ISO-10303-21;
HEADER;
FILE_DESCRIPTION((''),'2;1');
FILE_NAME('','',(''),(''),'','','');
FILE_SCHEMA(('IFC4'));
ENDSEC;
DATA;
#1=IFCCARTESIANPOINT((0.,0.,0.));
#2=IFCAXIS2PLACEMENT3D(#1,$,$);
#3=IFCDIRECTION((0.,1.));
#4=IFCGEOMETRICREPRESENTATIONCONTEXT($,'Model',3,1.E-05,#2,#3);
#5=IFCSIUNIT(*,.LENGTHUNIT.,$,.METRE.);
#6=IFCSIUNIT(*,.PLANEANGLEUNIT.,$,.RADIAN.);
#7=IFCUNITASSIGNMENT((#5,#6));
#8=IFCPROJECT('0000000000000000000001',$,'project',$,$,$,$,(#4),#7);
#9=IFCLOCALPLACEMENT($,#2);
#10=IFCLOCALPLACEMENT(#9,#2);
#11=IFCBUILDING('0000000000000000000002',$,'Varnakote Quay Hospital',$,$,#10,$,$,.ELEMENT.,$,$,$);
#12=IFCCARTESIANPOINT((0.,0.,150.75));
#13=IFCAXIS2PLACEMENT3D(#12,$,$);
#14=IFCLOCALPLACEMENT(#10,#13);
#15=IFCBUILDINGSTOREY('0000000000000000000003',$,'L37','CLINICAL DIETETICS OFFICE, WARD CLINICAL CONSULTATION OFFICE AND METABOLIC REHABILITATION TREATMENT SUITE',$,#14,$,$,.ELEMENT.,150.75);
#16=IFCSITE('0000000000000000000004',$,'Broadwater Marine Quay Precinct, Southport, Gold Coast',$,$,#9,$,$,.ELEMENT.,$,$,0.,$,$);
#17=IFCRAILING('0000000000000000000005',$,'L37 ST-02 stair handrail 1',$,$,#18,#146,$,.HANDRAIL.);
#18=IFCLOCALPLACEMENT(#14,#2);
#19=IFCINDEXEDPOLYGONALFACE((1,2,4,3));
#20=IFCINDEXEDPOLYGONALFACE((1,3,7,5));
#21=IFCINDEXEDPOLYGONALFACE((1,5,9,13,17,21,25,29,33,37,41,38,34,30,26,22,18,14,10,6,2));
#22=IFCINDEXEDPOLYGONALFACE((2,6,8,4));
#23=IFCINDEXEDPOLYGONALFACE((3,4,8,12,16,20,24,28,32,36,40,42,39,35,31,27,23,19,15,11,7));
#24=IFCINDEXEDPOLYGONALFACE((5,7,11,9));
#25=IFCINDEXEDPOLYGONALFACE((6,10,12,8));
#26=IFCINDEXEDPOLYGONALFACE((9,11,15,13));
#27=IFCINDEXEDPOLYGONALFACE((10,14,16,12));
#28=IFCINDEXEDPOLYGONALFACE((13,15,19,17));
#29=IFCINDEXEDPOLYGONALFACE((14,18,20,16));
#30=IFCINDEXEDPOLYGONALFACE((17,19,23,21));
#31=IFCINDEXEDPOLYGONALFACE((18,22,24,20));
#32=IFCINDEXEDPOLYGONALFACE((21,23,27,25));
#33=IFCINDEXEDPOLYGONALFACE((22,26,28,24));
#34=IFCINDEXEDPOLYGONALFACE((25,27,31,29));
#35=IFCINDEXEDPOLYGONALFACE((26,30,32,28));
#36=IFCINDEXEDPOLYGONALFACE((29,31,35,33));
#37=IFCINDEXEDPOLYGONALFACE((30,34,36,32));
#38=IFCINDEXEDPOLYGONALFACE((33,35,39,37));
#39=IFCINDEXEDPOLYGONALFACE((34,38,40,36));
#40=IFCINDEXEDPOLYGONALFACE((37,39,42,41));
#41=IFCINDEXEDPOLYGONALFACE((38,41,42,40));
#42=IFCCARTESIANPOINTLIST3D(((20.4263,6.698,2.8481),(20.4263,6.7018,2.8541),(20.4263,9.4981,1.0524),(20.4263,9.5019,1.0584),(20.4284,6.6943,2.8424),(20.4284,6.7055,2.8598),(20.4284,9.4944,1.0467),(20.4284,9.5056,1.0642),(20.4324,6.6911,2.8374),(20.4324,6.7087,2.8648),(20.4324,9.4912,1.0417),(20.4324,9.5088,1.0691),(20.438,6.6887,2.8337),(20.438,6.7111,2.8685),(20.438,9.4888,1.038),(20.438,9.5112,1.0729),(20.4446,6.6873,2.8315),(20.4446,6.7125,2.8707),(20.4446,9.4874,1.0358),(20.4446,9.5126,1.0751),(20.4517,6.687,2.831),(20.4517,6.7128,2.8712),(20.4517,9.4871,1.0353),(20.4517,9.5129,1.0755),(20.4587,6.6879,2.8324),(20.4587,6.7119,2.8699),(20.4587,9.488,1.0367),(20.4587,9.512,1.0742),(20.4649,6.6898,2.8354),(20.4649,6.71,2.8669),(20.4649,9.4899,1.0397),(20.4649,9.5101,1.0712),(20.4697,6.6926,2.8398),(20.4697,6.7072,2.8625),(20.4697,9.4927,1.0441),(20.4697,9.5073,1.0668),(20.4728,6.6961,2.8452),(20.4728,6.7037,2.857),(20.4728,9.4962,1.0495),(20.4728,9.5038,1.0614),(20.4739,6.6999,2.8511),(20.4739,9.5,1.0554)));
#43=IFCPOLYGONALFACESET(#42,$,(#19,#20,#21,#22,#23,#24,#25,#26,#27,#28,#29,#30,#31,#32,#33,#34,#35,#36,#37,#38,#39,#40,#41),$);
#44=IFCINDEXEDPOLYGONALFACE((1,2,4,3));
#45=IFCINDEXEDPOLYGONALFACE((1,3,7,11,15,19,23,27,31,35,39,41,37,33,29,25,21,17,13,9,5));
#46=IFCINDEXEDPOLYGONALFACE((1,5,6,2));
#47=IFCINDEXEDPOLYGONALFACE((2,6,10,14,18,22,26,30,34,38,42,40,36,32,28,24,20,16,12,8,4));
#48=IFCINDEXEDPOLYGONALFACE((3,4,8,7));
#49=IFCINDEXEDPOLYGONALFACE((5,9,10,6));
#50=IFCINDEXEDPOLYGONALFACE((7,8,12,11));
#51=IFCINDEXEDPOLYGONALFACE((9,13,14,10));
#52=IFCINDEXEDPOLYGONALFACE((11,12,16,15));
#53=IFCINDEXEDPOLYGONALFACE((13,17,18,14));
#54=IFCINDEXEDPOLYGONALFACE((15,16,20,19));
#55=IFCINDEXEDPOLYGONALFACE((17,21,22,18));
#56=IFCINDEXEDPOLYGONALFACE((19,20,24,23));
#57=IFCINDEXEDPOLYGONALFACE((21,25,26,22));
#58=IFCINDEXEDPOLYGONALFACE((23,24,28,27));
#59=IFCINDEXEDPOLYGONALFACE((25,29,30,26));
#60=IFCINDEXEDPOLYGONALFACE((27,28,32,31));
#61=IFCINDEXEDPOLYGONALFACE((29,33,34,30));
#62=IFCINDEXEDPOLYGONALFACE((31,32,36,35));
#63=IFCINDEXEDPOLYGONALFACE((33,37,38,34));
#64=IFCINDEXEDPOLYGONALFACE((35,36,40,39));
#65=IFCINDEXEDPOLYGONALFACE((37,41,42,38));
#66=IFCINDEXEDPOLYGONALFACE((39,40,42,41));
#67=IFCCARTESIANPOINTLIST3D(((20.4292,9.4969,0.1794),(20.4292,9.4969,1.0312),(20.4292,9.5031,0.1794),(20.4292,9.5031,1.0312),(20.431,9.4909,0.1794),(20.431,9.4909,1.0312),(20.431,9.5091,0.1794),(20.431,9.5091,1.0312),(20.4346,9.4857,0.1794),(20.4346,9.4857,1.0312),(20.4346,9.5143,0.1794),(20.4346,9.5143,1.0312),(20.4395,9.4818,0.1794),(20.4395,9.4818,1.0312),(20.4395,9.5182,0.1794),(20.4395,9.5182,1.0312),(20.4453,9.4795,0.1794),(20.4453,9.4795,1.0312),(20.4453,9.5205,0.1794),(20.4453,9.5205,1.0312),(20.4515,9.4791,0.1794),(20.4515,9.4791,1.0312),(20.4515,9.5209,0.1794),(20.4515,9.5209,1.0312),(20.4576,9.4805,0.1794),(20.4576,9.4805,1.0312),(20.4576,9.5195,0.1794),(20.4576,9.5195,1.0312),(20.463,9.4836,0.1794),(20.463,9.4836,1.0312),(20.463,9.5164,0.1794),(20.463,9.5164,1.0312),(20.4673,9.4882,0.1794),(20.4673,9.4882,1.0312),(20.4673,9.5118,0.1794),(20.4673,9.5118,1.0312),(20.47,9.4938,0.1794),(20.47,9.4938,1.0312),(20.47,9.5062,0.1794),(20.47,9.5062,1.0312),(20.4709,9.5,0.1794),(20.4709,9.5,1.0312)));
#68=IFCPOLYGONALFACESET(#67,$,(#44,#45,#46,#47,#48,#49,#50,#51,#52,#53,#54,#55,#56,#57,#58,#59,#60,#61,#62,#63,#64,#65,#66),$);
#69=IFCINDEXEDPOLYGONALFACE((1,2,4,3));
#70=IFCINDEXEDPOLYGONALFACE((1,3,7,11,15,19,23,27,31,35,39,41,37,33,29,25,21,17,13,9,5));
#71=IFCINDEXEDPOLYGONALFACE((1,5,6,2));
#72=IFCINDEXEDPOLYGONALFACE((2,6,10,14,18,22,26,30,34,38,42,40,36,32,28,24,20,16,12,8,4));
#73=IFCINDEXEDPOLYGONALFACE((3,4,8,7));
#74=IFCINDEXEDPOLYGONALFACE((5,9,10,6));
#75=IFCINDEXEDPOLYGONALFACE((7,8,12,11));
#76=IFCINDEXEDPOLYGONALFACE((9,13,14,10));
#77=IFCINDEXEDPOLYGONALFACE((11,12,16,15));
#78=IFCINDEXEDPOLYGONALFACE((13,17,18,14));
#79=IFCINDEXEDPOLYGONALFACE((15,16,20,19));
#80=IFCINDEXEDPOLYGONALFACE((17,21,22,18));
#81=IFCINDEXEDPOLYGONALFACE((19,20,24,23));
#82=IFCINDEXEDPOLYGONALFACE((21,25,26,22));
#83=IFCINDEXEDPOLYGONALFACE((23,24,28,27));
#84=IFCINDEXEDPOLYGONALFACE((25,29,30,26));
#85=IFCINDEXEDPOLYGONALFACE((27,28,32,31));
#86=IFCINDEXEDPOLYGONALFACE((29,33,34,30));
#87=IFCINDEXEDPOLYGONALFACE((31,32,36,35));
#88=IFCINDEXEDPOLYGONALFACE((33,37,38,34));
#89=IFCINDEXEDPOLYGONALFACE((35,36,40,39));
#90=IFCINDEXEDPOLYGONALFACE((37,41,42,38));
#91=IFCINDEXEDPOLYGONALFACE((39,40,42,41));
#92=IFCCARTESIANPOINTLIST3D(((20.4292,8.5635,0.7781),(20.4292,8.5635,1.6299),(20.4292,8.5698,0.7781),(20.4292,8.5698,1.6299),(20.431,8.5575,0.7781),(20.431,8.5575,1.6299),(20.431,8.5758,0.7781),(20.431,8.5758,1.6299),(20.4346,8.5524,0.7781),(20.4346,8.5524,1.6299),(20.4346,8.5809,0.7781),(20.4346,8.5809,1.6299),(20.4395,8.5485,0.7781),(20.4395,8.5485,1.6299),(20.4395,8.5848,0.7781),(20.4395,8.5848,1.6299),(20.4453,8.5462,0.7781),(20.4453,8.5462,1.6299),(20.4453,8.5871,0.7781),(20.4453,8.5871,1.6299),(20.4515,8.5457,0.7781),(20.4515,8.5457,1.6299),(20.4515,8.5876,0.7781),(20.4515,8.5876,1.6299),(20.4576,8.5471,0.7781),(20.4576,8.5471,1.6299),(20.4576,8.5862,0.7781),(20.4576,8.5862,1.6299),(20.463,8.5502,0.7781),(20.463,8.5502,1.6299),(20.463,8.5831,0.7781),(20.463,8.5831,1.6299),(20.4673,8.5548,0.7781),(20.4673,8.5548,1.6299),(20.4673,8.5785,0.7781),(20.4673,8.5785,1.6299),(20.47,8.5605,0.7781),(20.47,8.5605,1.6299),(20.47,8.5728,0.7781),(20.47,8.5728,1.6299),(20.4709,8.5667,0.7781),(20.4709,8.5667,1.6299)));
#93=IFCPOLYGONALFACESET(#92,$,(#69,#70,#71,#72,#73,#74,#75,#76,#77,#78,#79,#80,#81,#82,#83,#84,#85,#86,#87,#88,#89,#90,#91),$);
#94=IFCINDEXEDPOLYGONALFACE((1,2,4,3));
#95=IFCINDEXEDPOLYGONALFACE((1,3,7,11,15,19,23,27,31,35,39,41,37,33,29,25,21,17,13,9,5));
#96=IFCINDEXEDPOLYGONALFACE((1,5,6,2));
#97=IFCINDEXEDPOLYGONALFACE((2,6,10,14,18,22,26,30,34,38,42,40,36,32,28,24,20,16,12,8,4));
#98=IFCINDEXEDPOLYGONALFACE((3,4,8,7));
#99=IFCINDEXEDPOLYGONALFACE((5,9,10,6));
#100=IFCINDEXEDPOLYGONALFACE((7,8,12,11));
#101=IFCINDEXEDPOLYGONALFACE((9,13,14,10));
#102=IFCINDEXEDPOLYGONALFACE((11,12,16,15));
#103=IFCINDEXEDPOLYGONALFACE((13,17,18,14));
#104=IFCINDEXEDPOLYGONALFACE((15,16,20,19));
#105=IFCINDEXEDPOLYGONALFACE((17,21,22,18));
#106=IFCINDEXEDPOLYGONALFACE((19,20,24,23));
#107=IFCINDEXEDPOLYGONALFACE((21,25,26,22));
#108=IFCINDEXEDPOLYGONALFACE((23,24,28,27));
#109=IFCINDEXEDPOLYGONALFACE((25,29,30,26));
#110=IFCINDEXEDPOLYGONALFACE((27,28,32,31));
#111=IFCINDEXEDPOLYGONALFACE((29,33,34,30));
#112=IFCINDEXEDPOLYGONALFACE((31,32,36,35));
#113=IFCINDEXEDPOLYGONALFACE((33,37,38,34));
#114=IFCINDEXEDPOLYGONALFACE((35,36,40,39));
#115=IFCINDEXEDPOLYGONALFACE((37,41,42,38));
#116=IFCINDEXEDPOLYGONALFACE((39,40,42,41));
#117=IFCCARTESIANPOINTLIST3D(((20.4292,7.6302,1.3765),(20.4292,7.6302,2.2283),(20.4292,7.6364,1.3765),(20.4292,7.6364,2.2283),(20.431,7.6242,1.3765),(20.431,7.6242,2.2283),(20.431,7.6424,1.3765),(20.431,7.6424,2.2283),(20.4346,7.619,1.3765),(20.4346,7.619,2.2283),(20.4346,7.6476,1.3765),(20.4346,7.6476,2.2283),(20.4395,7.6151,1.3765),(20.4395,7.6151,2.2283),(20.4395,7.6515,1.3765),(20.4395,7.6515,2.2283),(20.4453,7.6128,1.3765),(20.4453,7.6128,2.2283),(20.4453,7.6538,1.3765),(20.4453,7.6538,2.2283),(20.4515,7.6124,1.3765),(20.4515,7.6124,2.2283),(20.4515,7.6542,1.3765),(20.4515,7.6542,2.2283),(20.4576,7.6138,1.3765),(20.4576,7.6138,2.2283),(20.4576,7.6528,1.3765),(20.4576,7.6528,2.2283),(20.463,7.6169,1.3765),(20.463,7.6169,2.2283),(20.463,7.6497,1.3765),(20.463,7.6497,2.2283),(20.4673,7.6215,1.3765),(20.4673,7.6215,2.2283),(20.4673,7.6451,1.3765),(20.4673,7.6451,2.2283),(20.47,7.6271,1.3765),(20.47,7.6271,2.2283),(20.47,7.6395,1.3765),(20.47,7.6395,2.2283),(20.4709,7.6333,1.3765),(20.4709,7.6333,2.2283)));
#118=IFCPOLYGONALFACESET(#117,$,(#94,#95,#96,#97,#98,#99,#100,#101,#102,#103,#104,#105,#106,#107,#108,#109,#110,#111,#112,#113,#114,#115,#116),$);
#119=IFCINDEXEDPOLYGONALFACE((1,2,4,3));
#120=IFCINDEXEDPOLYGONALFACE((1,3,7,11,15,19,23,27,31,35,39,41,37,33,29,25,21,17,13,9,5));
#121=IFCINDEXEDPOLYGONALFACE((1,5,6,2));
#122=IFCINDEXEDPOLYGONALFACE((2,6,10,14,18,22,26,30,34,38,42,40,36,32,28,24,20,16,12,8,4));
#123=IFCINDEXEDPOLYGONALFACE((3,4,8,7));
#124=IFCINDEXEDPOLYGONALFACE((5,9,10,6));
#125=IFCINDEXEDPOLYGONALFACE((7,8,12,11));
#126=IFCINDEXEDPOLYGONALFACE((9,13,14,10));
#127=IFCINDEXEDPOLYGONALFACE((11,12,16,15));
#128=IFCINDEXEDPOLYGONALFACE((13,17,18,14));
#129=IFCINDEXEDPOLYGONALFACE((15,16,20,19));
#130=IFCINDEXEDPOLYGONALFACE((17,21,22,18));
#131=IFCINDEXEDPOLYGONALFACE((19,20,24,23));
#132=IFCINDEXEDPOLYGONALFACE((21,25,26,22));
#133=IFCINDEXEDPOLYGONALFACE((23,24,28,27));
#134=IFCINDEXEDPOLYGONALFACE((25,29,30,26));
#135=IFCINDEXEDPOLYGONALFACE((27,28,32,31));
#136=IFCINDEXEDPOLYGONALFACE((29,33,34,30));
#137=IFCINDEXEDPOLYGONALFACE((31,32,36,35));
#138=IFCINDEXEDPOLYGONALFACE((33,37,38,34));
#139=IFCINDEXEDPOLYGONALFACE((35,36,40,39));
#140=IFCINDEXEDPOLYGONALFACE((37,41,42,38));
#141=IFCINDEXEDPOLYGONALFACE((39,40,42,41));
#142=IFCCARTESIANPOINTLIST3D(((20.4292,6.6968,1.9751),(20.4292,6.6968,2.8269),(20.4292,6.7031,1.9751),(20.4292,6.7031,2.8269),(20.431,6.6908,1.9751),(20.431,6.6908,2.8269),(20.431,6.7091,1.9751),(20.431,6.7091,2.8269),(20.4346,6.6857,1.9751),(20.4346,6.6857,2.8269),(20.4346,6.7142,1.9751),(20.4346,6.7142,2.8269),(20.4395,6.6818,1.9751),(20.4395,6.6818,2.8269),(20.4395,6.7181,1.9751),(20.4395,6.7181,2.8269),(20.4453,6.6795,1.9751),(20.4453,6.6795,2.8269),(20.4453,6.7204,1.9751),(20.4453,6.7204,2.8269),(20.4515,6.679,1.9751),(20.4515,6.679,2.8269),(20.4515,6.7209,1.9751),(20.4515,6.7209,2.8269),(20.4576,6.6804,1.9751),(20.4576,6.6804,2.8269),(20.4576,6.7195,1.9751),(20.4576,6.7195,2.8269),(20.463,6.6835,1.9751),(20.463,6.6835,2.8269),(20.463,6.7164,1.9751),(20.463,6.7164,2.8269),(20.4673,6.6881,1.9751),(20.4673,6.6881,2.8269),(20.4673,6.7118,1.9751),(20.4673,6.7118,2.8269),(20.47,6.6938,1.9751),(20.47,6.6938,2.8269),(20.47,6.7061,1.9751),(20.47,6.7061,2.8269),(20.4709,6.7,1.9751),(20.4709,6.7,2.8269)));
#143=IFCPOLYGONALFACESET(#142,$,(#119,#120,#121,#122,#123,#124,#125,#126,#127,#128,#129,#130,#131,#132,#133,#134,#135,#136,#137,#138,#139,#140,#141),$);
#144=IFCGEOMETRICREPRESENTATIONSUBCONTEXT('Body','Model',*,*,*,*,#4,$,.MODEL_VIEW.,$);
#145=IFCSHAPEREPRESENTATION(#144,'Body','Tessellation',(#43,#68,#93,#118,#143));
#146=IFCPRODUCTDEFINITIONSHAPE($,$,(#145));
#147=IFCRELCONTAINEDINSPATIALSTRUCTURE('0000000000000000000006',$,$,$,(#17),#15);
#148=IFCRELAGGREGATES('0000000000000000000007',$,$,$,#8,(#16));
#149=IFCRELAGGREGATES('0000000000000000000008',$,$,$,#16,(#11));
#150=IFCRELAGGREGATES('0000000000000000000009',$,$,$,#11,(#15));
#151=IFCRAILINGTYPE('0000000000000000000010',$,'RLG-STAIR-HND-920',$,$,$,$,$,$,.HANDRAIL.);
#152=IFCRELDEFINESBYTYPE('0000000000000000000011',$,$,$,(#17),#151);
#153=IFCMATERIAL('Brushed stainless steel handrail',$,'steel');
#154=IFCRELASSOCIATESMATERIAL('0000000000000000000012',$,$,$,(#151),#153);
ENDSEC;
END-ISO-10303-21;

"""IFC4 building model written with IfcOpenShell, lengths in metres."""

from ifc_helpers import new_model, si_unit, direction, frame, origin, origin_2d, place, context, subcontext, project, spatial, circle, extrude, material, type_object, element, save


model = new_model("IFC4")

# Units and contexts
model_context = context("Model", 3, precision=1e-05, world=origin(), true_north=direction((0.0, 1.0)))
body_context = subcontext(model_context, "Body", "Model", "MODEL_VIEW")
ifc_project = project(units=[si_unit("LENGTHUNIT", "METRE"), si_unit("PLANEANGLEUNIT", "RADIAN")], contexts=[model_context])

# Site, building, storey
site_placement = place(None, origin())
site = spatial("IfcSite", under=ifc_project, at=site_placement, Name="Broadwater Marine Quay Precinct, Southport, Gold Coast", CompositionType="ELEMENT", RefElevation=0.0)
building_placement = place(site_placement, origin())
building = spatial("IfcBuilding", under=site, at=building_placement, Name="Varnakote Quay Hospital", CompositionType="ELEMENT")
storey_placement = place(building_placement, frame((0.0, 0.0, 150.75)))
storey = spatial("IfcBuildingStorey", under=building, at=storey_placement, Name="L37", Description="CLINICAL DIETETICS OFFICE, WARD CLINICAL CONSULTATION OFFICE AND METABOLIC REHABILITATION TREATMENT SUITE", CompositionType="ELEMENT", Elevation=150.75)

# Railing
ifc_material_1 = material(Name="Brushed stainless steel handrail", Category="steel")
railing_type_1 = type_object("IfcRailingType", Name="RLG-STAIR-HND-920", PredefinedType="HANDRAIL", material=ifc_material_1)
railing_1_placement = place(storey_placement, frame((20.45, 9.5, 0.1794)))
element("IfcRailing", 1, at=railing_1_placement, inside=storey, type_object=railing_type_1, Name="L37 ST-02 stair handrail 1", PredefinedType="HANDRAIL", context=body_context, shape_type="SweptSolid", body=[
    extrude(circle(Radius=0.0239, at=origin_2d()), frame((0.0, 0.0, 0.876), z_axis=(0.0, -0.841777, 0.539826), x_axis=(1.0, 0.0, 0.0)), (0.0, 0.0, 1.0), 3.3264),
    extrude(circle(Radius=0.021, at=origin_2d()), origin(), (0.0, 0.0, 1.0), 0.8518),
    extrude(circle(Radius=0.021, at=origin_2d()), frame((0.0, -0.9333, 0.5986)), (0.0, 0.0, 1.0), 0.8518),
    extrude(circle(Radius=0.021, at=origin_2d()), frame((0.0, -1.8667, 1.197)), (0.0, 0.0, 1.0), 0.8518),
    extrude(circle(Radius=0.021, at=origin_2d()), frame((0.0, -2.8, 1.7957)), (0.0, 0.0, 1.0), 0.8518),
])

save(model, "model.ifc")
